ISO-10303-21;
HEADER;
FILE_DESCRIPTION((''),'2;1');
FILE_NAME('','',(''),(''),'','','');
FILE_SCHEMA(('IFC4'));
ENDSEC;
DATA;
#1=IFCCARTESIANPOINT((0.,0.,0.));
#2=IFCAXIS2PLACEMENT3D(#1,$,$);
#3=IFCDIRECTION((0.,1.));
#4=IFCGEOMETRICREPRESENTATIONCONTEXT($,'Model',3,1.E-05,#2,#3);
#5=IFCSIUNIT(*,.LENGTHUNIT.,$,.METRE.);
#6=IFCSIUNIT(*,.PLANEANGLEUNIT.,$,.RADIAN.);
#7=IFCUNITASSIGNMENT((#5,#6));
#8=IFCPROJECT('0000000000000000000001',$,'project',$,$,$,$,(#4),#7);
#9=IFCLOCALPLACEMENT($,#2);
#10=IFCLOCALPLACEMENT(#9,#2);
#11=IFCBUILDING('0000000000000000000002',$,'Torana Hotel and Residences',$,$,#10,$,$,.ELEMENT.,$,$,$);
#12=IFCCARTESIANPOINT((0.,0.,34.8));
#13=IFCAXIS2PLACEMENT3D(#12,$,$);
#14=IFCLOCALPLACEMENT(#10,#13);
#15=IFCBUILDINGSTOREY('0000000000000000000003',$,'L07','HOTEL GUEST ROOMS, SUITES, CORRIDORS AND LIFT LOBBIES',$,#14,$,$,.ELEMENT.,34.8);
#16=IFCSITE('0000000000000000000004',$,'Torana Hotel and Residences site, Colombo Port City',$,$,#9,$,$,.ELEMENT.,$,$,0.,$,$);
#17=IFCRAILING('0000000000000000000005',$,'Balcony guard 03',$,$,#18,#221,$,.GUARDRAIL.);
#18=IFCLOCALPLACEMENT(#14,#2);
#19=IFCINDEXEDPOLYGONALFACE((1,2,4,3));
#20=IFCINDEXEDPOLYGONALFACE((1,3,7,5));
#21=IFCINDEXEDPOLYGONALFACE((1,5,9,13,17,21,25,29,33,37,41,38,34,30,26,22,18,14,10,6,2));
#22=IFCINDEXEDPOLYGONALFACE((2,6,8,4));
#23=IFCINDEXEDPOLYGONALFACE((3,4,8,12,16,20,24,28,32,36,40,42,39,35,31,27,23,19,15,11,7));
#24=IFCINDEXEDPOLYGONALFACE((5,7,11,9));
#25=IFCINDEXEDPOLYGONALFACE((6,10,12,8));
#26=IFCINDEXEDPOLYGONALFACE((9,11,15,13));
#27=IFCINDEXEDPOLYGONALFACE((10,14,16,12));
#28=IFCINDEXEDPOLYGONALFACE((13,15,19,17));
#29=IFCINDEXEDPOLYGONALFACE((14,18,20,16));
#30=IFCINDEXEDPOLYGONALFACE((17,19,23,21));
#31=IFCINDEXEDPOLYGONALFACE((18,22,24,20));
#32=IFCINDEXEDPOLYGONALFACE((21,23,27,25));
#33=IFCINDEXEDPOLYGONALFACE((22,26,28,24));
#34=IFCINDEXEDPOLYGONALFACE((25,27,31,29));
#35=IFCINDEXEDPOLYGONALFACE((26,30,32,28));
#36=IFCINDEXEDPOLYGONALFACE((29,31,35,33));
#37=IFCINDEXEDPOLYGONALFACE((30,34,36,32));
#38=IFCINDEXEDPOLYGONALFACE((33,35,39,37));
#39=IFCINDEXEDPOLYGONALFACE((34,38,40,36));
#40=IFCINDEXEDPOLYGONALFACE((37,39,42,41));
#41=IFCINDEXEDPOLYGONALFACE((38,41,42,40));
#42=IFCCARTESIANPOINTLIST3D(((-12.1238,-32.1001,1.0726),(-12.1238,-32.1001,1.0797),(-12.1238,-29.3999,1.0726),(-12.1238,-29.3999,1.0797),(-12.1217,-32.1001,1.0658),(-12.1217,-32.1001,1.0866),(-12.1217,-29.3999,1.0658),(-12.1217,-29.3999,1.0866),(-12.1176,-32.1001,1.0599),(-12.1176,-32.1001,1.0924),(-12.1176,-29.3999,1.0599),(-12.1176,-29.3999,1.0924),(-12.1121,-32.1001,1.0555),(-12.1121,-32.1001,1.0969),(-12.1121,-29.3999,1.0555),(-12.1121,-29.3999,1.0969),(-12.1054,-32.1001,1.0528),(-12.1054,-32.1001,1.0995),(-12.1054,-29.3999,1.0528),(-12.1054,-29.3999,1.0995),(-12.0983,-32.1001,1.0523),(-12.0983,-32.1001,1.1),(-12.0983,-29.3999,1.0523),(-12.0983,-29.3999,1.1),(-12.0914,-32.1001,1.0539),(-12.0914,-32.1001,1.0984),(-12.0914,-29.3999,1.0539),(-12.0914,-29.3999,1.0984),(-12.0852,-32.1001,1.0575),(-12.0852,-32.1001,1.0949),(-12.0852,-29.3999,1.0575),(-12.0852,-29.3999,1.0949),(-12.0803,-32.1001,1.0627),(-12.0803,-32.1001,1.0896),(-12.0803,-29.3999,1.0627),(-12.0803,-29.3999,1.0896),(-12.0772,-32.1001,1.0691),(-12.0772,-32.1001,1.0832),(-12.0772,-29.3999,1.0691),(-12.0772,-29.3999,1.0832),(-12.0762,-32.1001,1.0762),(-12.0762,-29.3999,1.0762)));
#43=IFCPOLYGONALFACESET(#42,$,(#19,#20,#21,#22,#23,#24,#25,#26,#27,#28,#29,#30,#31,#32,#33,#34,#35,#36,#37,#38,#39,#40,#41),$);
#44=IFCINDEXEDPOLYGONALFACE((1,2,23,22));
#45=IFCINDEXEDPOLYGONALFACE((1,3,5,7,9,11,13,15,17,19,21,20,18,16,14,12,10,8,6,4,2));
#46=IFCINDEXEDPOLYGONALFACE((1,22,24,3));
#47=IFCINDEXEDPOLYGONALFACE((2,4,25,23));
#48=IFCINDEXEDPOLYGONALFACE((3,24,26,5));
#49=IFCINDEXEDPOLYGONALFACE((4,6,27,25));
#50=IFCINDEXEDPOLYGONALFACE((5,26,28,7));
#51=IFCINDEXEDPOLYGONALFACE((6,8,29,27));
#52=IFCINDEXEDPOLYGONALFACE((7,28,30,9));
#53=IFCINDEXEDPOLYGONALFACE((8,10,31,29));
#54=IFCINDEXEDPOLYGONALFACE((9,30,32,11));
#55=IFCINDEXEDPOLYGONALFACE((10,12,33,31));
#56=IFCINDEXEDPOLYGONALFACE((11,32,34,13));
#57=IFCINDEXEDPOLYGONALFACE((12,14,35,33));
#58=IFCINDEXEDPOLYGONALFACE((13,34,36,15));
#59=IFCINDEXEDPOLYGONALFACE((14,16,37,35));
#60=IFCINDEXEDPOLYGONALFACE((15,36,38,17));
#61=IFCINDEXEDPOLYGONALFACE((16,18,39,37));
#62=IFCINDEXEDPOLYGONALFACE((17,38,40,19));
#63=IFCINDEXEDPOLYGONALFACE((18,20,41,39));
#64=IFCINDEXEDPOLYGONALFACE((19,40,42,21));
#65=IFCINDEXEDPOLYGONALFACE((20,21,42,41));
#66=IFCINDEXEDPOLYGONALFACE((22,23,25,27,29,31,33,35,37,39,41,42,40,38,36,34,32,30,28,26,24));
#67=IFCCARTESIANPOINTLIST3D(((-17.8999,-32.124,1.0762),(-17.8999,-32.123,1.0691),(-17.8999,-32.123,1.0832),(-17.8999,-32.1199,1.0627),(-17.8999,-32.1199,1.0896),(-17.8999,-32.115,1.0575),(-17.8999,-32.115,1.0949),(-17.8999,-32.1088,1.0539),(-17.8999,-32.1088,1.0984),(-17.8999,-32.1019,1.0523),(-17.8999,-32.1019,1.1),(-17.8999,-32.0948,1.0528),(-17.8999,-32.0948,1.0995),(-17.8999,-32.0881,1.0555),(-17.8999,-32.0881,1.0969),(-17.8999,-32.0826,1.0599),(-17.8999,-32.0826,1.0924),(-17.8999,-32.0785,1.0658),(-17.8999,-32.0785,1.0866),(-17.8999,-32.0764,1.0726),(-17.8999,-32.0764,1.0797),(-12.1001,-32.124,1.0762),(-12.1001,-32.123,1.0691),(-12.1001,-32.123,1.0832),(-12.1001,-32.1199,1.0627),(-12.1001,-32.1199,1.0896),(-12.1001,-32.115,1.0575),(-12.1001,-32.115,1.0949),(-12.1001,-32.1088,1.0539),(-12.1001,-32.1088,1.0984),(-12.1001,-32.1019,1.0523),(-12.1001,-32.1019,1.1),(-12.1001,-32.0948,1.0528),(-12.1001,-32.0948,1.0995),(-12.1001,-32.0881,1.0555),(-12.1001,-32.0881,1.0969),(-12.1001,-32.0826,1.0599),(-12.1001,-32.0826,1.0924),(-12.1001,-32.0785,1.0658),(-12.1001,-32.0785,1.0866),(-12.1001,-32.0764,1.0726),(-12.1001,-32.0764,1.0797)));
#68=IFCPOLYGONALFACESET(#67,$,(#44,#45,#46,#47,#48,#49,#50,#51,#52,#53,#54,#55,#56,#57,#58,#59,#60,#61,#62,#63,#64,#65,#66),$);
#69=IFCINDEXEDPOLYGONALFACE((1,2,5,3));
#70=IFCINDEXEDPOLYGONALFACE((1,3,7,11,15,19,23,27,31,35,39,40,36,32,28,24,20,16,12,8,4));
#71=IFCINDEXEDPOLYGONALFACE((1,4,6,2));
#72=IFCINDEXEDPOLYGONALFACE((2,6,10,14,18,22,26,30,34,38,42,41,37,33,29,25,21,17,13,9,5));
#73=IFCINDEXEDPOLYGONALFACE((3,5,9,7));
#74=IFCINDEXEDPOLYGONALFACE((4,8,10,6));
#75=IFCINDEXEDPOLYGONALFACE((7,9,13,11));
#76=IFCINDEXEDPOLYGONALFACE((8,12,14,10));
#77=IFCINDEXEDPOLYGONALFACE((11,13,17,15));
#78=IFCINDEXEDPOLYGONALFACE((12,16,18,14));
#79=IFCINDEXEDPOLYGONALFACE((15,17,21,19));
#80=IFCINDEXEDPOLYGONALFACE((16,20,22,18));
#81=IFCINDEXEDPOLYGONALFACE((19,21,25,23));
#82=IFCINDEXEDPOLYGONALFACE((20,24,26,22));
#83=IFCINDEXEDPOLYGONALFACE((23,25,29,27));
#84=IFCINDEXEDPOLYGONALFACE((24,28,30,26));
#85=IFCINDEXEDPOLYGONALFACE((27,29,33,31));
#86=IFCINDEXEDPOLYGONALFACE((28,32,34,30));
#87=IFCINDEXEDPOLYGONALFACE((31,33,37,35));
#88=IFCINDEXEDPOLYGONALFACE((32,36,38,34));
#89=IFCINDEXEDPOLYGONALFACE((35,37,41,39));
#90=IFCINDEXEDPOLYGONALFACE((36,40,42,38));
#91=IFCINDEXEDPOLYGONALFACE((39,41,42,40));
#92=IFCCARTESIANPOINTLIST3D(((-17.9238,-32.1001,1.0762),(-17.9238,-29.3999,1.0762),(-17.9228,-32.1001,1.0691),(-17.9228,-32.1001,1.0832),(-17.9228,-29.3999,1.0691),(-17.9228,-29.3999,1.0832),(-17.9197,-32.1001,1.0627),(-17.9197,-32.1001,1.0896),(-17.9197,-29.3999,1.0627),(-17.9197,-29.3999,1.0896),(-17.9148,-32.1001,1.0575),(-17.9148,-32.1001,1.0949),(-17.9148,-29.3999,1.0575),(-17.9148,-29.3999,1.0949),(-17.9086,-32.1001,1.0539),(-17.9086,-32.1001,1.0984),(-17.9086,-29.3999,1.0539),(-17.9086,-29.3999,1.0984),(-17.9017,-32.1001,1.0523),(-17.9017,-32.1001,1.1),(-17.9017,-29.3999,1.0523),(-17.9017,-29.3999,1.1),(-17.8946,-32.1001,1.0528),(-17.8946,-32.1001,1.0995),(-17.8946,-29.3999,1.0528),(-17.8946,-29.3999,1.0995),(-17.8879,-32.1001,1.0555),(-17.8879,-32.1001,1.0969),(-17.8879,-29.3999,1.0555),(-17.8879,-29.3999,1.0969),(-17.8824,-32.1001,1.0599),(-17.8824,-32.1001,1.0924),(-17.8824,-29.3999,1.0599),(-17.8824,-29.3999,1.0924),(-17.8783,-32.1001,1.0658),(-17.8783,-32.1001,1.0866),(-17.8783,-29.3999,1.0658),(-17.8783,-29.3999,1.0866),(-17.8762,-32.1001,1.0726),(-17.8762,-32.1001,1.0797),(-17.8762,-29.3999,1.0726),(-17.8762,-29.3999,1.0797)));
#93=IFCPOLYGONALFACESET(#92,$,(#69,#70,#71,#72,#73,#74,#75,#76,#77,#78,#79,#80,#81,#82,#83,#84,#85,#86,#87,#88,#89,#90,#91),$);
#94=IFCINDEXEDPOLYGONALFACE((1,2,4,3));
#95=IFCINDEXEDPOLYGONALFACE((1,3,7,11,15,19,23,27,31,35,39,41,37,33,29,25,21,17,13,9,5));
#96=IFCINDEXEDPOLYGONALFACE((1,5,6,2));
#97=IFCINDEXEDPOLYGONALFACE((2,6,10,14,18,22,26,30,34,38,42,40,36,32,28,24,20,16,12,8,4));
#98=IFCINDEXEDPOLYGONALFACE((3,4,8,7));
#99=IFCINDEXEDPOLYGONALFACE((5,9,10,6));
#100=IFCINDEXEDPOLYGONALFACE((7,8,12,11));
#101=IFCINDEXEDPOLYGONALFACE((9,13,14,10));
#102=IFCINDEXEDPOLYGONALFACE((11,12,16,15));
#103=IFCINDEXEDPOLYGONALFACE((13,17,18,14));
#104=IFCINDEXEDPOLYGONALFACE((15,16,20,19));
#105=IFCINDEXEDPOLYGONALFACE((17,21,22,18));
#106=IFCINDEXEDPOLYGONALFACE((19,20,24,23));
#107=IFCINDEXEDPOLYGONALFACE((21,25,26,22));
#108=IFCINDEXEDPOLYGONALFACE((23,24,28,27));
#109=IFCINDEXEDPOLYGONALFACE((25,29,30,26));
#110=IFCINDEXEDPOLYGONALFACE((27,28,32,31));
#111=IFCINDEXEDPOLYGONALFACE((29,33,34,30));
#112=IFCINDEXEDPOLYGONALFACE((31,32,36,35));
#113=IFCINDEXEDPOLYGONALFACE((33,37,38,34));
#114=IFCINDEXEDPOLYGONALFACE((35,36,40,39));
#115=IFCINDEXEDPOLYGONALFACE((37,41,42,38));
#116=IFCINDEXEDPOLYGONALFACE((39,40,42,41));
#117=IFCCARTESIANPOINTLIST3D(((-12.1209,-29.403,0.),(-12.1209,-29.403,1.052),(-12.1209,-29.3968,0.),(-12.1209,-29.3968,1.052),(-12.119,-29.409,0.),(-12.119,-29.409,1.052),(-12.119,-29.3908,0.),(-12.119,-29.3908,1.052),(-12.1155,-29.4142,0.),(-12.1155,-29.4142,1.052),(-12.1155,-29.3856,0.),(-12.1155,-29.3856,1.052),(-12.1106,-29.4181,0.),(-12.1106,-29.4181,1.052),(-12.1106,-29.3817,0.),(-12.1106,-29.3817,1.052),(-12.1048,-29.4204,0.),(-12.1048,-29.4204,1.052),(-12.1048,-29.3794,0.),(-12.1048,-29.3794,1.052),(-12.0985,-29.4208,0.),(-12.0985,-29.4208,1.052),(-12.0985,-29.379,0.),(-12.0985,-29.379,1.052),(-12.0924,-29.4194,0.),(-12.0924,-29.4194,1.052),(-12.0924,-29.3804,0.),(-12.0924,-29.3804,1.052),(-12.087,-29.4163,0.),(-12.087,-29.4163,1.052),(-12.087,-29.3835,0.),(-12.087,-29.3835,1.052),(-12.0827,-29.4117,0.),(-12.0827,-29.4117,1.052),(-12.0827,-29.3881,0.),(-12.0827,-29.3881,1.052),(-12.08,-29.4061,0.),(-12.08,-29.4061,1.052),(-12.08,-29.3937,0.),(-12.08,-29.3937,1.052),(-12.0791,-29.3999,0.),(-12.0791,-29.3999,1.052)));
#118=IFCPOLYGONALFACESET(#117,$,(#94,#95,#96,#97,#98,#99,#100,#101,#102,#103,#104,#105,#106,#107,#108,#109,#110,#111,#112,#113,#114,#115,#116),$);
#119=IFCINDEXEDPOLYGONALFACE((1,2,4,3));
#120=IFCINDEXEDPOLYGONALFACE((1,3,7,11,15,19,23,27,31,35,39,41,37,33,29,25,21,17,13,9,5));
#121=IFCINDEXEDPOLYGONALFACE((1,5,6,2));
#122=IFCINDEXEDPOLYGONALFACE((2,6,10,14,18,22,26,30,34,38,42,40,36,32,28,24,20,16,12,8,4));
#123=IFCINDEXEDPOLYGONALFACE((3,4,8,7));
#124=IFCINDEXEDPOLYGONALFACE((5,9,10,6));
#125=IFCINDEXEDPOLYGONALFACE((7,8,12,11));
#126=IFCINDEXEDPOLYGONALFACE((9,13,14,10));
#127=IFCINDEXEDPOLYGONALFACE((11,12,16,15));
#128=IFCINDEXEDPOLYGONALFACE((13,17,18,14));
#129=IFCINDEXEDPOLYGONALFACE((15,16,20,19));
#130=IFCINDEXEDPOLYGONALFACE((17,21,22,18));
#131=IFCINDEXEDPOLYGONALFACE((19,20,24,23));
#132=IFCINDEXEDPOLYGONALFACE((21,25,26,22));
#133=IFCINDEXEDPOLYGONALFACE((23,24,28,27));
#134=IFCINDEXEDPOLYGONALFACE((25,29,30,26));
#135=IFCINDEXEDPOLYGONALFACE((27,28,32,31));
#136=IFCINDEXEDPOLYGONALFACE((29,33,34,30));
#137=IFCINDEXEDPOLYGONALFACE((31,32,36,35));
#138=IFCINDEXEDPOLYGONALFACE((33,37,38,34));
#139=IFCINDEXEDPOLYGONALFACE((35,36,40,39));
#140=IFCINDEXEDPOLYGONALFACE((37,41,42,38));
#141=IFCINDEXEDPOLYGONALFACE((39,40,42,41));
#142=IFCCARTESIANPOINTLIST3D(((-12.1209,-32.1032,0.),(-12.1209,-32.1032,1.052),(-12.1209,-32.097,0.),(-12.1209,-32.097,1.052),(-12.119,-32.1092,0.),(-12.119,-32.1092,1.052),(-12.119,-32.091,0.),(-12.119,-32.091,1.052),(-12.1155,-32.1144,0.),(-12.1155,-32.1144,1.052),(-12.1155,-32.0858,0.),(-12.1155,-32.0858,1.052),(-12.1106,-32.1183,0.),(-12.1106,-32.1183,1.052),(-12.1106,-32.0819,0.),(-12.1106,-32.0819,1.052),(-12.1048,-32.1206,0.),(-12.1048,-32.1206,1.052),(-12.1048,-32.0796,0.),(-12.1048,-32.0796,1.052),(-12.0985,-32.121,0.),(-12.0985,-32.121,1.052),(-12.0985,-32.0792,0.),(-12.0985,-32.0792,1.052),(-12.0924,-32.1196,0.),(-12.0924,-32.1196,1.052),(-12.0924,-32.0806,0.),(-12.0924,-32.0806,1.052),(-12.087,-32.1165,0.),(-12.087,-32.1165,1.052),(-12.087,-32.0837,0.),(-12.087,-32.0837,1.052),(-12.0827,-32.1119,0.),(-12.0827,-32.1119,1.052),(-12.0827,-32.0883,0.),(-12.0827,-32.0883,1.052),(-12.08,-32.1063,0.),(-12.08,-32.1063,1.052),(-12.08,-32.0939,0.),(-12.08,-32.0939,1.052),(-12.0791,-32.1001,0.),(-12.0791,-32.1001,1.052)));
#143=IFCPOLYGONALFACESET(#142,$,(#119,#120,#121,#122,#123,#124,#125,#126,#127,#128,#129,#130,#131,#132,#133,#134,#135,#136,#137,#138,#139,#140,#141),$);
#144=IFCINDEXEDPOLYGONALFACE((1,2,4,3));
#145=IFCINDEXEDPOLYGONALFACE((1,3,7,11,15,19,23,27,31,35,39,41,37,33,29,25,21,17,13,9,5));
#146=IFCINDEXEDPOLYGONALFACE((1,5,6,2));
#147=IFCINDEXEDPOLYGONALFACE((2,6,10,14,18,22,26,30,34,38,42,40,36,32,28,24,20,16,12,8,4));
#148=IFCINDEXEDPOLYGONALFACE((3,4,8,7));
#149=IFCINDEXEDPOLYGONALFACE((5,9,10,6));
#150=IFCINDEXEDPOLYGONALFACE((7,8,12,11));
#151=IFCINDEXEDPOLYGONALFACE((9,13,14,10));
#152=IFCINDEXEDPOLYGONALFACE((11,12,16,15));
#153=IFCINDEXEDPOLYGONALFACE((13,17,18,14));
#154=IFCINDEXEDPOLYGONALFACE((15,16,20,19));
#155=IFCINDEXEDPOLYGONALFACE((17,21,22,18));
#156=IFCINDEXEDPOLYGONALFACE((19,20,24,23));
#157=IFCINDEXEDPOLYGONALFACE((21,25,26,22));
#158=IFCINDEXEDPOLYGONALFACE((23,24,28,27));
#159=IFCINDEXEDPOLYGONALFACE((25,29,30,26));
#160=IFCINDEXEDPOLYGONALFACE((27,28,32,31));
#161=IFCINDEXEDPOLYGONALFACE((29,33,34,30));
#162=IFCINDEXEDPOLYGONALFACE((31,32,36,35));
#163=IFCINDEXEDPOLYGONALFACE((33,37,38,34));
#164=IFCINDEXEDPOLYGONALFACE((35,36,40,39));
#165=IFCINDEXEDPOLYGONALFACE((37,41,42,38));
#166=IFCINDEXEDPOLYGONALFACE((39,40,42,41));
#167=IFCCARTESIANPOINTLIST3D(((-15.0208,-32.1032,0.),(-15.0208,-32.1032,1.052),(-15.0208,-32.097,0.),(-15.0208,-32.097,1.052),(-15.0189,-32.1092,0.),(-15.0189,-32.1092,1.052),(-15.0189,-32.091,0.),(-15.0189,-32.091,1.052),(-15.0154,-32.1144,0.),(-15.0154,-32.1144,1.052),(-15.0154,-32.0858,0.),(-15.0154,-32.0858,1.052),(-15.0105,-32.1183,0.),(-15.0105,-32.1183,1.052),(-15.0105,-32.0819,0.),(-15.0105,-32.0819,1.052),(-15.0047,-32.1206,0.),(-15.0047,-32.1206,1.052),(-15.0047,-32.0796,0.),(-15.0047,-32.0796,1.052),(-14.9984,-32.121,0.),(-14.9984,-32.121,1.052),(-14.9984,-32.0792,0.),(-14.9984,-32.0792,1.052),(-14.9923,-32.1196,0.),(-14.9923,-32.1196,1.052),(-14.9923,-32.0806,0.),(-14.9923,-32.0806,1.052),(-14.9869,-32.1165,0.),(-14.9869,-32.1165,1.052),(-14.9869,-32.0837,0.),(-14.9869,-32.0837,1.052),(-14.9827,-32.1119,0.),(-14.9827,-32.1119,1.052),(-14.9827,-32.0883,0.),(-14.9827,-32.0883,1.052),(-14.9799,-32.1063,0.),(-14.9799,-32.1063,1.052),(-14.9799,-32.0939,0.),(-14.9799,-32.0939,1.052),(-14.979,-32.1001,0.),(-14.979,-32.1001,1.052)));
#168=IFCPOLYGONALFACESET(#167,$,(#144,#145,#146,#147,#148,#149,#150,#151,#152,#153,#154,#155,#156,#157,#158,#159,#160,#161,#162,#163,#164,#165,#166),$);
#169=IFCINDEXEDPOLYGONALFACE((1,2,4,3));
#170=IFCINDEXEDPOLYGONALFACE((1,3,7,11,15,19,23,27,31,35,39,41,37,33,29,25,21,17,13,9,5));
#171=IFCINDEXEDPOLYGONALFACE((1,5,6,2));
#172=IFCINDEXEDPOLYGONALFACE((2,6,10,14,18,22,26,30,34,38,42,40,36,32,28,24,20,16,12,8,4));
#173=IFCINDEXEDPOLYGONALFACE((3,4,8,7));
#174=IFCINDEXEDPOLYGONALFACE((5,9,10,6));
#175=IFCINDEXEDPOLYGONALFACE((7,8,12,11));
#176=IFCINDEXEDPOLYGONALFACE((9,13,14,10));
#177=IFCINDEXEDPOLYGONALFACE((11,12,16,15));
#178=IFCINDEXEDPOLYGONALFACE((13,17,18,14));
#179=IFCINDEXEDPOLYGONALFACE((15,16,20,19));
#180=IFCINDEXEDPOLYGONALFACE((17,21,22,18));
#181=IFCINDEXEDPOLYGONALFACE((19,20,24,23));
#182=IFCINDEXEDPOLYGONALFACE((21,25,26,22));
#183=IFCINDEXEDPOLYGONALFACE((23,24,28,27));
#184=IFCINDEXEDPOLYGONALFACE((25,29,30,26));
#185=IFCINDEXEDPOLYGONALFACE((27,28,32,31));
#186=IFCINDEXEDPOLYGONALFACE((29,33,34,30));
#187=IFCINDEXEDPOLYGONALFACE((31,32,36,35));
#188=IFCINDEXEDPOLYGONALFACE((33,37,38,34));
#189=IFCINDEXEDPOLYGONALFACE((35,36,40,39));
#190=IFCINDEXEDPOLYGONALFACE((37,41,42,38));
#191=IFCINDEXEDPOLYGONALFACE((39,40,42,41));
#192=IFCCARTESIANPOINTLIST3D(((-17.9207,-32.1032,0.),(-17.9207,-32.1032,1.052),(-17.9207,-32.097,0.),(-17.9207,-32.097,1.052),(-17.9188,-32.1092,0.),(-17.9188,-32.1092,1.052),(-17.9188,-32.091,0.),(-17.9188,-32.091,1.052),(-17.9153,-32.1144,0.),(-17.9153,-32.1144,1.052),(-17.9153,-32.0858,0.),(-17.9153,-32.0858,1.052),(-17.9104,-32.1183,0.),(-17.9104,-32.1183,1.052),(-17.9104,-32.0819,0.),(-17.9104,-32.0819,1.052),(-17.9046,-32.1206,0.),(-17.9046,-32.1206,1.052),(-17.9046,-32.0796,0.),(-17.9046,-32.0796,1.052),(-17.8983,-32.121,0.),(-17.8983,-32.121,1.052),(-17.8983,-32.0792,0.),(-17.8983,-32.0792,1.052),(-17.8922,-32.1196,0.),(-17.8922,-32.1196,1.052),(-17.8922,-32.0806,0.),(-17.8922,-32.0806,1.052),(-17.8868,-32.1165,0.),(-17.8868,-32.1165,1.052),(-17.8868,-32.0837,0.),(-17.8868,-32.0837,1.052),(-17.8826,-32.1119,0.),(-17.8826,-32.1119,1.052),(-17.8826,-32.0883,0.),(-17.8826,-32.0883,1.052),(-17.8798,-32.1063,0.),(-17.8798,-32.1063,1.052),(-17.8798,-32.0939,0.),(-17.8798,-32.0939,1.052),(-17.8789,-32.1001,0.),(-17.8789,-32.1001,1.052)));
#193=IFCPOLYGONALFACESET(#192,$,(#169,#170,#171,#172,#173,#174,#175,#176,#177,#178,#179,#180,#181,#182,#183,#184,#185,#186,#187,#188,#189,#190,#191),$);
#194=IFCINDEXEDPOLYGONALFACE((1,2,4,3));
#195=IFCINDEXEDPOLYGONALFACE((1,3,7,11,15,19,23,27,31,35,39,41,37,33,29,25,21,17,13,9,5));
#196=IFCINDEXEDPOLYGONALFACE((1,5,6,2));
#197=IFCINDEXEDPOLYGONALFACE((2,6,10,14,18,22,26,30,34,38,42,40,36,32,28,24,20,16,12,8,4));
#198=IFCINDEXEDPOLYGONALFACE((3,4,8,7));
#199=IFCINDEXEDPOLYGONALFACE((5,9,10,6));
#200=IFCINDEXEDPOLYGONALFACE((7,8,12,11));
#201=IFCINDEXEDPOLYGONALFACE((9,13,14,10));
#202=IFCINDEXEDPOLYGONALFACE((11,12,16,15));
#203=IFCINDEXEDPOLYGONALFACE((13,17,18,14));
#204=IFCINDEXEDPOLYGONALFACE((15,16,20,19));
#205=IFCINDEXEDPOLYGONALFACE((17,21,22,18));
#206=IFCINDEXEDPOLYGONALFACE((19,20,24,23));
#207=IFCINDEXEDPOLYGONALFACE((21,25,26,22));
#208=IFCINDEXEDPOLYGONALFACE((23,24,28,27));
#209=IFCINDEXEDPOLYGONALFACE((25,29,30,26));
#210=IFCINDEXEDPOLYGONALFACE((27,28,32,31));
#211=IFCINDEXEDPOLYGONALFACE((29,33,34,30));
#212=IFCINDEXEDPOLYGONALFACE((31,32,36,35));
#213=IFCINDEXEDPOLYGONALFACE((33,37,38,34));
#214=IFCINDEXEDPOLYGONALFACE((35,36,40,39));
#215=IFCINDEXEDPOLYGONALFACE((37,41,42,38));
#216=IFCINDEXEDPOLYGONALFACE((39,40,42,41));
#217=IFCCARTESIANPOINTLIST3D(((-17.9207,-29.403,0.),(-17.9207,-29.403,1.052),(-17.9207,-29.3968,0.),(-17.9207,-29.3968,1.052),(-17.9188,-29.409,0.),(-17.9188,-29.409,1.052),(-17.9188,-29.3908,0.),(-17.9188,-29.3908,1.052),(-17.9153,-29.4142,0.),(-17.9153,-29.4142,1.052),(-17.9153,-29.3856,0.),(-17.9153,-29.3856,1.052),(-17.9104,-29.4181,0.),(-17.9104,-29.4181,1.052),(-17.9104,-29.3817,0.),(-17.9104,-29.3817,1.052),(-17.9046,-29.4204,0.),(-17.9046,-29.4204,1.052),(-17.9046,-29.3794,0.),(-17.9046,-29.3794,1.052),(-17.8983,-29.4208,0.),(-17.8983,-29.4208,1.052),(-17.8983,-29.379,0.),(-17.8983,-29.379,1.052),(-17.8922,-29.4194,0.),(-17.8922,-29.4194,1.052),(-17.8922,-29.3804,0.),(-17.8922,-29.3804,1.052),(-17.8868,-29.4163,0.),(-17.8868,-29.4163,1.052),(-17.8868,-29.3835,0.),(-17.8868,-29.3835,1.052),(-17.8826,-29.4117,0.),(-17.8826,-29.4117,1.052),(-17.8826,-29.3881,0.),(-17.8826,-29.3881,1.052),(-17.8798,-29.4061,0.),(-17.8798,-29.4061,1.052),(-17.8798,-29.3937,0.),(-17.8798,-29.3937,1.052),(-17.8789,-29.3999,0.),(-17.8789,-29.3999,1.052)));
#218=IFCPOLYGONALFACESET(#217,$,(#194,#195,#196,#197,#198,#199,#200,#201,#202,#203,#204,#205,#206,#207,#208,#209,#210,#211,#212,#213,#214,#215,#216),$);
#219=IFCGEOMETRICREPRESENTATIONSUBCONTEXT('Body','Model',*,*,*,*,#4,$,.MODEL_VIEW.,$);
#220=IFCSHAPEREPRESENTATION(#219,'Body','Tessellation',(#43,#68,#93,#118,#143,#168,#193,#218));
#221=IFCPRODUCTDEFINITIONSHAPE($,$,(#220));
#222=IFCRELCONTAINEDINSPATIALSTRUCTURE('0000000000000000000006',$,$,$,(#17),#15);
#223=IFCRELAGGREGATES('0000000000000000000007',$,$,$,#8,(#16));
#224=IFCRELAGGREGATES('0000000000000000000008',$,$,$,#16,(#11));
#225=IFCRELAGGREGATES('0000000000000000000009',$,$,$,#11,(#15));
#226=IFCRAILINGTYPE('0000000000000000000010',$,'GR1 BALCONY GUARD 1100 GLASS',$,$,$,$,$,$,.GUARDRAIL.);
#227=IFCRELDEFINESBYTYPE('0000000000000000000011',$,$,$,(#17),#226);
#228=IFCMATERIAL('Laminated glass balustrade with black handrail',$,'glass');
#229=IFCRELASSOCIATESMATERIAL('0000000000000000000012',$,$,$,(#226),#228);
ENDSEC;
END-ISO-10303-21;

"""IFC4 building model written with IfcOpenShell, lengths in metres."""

from ifc_helpers import new_model, si_unit, direction, frame, origin, origin_2d, place, context, subcontext, project, spatial, circle, extrude, material, type_object, element, save


model = new_model("IFC4")

# Units and contexts
model_context = context("Model", 3, precision=1e-05, world=origin(), true_north=direction((0.0, 1.0)))
body_context = subcontext(model_context, "Body", "Model", "MODEL_VIEW")
ifc_project = project(units=[si_unit("LENGTHUNIT", "METRE"), si_unit("PLANEANGLEUNIT", "RADIAN")], contexts=[model_context])

# Site, building, storey
site_placement = place(None, origin())
site = spatial("IfcSite", under=ifc_project, at=site_placement, Name="Torana Hotel and Residences site, Colombo Port City", CompositionType="ELEMENT", RefElevation=0.0)
building_placement = place(site_placement, origin())
building = spatial("IfcBuilding", under=site, at=building_placement, Name="Torana Hotel and Residences", CompositionType="ELEMENT")
storey_placement = place(building_placement, frame((0.0, 0.0, 34.8)))
storey = spatial("IfcBuildingStorey", under=building, at=storey_placement, Name="L07", Description="HOTEL GUEST ROOMS, SUITES, CORRIDORS AND LIFT LOBBIES", CompositionType="ELEMENT", Elevation=34.8)

# Railing
ifc_material_1 = material(Name="Laminated glass balustrade with black handrail", Category="glass")
railing_type = type_object("IfcRailingType", Name="GR1 BALCONY GUARD 1100 GLASS", PredefinedType="GUARDRAIL", material=ifc_material_1)
railing_placement = place(storey_placement, frame((-12.1001, -29.3999, 0.0)))
element("IfcRailing", 1, at=railing_placement, inside=storey, type_object=railing_type, Name="Balcony guard 03", PredefinedType="GUARDRAIL", context=body_context, shape_type="SweptSolid", body=[
    extrude(circle(Radius=0.0239, at=origin_2d()), frame((0.0, 0.0, 1.0762), z_axis=(0.0, -1.0, 0.0), x_axis=(1.0, 0.0, 0.0)), (0.0, 0.0, 1.0), 2.7002),
    extrude(circle(Radius=0.0239, at=origin_2d()), frame((0.0, -2.7002, 1.0762), z_axis=(-1.0, 0.0, 0.0), x_axis=(0.0, -1.0, 0.0)), (0.0, 0.0, 1.0), 5.7998),
    extrude(circle(Radius=0.0239, at=origin_2d()), frame((-5.7998, -2.7002, 1.0762), z_axis=(0.0, 1.0, 0.0), x_axis=(-1.0, 0.0, 0.0)), (0.0, 0.0, 1.0), 2.7002),
    extrude(circle(Radius=0.021, at=origin_2d()), origin(), (0.0, 0.0, 1.0), 1.052),
    extrude(circle(Radius=0.021, at=origin_2d()), frame((0.0, -2.7002, 0.0)), (0.0, 0.0, 1.0), 1.052),
    extrude(circle(Radius=0.021, at=origin_2d()), frame((-2.8999, -2.7002, 0.0)), (0.0, 0.0, 1.0), 1.052),
    extrude(circle(Radius=0.021, at=origin_2d()), frame((-5.7998, -2.7002, 0.0)), (0.0, 0.0, 1.0), 1.052),
    extrude(circle(Radius=0.021, at=origin_2d()), frame((-5.7998, 0.0, 0.0)), (0.0, 0.0, 1.0), 1.052),
])

save(model, "model.ifc")
